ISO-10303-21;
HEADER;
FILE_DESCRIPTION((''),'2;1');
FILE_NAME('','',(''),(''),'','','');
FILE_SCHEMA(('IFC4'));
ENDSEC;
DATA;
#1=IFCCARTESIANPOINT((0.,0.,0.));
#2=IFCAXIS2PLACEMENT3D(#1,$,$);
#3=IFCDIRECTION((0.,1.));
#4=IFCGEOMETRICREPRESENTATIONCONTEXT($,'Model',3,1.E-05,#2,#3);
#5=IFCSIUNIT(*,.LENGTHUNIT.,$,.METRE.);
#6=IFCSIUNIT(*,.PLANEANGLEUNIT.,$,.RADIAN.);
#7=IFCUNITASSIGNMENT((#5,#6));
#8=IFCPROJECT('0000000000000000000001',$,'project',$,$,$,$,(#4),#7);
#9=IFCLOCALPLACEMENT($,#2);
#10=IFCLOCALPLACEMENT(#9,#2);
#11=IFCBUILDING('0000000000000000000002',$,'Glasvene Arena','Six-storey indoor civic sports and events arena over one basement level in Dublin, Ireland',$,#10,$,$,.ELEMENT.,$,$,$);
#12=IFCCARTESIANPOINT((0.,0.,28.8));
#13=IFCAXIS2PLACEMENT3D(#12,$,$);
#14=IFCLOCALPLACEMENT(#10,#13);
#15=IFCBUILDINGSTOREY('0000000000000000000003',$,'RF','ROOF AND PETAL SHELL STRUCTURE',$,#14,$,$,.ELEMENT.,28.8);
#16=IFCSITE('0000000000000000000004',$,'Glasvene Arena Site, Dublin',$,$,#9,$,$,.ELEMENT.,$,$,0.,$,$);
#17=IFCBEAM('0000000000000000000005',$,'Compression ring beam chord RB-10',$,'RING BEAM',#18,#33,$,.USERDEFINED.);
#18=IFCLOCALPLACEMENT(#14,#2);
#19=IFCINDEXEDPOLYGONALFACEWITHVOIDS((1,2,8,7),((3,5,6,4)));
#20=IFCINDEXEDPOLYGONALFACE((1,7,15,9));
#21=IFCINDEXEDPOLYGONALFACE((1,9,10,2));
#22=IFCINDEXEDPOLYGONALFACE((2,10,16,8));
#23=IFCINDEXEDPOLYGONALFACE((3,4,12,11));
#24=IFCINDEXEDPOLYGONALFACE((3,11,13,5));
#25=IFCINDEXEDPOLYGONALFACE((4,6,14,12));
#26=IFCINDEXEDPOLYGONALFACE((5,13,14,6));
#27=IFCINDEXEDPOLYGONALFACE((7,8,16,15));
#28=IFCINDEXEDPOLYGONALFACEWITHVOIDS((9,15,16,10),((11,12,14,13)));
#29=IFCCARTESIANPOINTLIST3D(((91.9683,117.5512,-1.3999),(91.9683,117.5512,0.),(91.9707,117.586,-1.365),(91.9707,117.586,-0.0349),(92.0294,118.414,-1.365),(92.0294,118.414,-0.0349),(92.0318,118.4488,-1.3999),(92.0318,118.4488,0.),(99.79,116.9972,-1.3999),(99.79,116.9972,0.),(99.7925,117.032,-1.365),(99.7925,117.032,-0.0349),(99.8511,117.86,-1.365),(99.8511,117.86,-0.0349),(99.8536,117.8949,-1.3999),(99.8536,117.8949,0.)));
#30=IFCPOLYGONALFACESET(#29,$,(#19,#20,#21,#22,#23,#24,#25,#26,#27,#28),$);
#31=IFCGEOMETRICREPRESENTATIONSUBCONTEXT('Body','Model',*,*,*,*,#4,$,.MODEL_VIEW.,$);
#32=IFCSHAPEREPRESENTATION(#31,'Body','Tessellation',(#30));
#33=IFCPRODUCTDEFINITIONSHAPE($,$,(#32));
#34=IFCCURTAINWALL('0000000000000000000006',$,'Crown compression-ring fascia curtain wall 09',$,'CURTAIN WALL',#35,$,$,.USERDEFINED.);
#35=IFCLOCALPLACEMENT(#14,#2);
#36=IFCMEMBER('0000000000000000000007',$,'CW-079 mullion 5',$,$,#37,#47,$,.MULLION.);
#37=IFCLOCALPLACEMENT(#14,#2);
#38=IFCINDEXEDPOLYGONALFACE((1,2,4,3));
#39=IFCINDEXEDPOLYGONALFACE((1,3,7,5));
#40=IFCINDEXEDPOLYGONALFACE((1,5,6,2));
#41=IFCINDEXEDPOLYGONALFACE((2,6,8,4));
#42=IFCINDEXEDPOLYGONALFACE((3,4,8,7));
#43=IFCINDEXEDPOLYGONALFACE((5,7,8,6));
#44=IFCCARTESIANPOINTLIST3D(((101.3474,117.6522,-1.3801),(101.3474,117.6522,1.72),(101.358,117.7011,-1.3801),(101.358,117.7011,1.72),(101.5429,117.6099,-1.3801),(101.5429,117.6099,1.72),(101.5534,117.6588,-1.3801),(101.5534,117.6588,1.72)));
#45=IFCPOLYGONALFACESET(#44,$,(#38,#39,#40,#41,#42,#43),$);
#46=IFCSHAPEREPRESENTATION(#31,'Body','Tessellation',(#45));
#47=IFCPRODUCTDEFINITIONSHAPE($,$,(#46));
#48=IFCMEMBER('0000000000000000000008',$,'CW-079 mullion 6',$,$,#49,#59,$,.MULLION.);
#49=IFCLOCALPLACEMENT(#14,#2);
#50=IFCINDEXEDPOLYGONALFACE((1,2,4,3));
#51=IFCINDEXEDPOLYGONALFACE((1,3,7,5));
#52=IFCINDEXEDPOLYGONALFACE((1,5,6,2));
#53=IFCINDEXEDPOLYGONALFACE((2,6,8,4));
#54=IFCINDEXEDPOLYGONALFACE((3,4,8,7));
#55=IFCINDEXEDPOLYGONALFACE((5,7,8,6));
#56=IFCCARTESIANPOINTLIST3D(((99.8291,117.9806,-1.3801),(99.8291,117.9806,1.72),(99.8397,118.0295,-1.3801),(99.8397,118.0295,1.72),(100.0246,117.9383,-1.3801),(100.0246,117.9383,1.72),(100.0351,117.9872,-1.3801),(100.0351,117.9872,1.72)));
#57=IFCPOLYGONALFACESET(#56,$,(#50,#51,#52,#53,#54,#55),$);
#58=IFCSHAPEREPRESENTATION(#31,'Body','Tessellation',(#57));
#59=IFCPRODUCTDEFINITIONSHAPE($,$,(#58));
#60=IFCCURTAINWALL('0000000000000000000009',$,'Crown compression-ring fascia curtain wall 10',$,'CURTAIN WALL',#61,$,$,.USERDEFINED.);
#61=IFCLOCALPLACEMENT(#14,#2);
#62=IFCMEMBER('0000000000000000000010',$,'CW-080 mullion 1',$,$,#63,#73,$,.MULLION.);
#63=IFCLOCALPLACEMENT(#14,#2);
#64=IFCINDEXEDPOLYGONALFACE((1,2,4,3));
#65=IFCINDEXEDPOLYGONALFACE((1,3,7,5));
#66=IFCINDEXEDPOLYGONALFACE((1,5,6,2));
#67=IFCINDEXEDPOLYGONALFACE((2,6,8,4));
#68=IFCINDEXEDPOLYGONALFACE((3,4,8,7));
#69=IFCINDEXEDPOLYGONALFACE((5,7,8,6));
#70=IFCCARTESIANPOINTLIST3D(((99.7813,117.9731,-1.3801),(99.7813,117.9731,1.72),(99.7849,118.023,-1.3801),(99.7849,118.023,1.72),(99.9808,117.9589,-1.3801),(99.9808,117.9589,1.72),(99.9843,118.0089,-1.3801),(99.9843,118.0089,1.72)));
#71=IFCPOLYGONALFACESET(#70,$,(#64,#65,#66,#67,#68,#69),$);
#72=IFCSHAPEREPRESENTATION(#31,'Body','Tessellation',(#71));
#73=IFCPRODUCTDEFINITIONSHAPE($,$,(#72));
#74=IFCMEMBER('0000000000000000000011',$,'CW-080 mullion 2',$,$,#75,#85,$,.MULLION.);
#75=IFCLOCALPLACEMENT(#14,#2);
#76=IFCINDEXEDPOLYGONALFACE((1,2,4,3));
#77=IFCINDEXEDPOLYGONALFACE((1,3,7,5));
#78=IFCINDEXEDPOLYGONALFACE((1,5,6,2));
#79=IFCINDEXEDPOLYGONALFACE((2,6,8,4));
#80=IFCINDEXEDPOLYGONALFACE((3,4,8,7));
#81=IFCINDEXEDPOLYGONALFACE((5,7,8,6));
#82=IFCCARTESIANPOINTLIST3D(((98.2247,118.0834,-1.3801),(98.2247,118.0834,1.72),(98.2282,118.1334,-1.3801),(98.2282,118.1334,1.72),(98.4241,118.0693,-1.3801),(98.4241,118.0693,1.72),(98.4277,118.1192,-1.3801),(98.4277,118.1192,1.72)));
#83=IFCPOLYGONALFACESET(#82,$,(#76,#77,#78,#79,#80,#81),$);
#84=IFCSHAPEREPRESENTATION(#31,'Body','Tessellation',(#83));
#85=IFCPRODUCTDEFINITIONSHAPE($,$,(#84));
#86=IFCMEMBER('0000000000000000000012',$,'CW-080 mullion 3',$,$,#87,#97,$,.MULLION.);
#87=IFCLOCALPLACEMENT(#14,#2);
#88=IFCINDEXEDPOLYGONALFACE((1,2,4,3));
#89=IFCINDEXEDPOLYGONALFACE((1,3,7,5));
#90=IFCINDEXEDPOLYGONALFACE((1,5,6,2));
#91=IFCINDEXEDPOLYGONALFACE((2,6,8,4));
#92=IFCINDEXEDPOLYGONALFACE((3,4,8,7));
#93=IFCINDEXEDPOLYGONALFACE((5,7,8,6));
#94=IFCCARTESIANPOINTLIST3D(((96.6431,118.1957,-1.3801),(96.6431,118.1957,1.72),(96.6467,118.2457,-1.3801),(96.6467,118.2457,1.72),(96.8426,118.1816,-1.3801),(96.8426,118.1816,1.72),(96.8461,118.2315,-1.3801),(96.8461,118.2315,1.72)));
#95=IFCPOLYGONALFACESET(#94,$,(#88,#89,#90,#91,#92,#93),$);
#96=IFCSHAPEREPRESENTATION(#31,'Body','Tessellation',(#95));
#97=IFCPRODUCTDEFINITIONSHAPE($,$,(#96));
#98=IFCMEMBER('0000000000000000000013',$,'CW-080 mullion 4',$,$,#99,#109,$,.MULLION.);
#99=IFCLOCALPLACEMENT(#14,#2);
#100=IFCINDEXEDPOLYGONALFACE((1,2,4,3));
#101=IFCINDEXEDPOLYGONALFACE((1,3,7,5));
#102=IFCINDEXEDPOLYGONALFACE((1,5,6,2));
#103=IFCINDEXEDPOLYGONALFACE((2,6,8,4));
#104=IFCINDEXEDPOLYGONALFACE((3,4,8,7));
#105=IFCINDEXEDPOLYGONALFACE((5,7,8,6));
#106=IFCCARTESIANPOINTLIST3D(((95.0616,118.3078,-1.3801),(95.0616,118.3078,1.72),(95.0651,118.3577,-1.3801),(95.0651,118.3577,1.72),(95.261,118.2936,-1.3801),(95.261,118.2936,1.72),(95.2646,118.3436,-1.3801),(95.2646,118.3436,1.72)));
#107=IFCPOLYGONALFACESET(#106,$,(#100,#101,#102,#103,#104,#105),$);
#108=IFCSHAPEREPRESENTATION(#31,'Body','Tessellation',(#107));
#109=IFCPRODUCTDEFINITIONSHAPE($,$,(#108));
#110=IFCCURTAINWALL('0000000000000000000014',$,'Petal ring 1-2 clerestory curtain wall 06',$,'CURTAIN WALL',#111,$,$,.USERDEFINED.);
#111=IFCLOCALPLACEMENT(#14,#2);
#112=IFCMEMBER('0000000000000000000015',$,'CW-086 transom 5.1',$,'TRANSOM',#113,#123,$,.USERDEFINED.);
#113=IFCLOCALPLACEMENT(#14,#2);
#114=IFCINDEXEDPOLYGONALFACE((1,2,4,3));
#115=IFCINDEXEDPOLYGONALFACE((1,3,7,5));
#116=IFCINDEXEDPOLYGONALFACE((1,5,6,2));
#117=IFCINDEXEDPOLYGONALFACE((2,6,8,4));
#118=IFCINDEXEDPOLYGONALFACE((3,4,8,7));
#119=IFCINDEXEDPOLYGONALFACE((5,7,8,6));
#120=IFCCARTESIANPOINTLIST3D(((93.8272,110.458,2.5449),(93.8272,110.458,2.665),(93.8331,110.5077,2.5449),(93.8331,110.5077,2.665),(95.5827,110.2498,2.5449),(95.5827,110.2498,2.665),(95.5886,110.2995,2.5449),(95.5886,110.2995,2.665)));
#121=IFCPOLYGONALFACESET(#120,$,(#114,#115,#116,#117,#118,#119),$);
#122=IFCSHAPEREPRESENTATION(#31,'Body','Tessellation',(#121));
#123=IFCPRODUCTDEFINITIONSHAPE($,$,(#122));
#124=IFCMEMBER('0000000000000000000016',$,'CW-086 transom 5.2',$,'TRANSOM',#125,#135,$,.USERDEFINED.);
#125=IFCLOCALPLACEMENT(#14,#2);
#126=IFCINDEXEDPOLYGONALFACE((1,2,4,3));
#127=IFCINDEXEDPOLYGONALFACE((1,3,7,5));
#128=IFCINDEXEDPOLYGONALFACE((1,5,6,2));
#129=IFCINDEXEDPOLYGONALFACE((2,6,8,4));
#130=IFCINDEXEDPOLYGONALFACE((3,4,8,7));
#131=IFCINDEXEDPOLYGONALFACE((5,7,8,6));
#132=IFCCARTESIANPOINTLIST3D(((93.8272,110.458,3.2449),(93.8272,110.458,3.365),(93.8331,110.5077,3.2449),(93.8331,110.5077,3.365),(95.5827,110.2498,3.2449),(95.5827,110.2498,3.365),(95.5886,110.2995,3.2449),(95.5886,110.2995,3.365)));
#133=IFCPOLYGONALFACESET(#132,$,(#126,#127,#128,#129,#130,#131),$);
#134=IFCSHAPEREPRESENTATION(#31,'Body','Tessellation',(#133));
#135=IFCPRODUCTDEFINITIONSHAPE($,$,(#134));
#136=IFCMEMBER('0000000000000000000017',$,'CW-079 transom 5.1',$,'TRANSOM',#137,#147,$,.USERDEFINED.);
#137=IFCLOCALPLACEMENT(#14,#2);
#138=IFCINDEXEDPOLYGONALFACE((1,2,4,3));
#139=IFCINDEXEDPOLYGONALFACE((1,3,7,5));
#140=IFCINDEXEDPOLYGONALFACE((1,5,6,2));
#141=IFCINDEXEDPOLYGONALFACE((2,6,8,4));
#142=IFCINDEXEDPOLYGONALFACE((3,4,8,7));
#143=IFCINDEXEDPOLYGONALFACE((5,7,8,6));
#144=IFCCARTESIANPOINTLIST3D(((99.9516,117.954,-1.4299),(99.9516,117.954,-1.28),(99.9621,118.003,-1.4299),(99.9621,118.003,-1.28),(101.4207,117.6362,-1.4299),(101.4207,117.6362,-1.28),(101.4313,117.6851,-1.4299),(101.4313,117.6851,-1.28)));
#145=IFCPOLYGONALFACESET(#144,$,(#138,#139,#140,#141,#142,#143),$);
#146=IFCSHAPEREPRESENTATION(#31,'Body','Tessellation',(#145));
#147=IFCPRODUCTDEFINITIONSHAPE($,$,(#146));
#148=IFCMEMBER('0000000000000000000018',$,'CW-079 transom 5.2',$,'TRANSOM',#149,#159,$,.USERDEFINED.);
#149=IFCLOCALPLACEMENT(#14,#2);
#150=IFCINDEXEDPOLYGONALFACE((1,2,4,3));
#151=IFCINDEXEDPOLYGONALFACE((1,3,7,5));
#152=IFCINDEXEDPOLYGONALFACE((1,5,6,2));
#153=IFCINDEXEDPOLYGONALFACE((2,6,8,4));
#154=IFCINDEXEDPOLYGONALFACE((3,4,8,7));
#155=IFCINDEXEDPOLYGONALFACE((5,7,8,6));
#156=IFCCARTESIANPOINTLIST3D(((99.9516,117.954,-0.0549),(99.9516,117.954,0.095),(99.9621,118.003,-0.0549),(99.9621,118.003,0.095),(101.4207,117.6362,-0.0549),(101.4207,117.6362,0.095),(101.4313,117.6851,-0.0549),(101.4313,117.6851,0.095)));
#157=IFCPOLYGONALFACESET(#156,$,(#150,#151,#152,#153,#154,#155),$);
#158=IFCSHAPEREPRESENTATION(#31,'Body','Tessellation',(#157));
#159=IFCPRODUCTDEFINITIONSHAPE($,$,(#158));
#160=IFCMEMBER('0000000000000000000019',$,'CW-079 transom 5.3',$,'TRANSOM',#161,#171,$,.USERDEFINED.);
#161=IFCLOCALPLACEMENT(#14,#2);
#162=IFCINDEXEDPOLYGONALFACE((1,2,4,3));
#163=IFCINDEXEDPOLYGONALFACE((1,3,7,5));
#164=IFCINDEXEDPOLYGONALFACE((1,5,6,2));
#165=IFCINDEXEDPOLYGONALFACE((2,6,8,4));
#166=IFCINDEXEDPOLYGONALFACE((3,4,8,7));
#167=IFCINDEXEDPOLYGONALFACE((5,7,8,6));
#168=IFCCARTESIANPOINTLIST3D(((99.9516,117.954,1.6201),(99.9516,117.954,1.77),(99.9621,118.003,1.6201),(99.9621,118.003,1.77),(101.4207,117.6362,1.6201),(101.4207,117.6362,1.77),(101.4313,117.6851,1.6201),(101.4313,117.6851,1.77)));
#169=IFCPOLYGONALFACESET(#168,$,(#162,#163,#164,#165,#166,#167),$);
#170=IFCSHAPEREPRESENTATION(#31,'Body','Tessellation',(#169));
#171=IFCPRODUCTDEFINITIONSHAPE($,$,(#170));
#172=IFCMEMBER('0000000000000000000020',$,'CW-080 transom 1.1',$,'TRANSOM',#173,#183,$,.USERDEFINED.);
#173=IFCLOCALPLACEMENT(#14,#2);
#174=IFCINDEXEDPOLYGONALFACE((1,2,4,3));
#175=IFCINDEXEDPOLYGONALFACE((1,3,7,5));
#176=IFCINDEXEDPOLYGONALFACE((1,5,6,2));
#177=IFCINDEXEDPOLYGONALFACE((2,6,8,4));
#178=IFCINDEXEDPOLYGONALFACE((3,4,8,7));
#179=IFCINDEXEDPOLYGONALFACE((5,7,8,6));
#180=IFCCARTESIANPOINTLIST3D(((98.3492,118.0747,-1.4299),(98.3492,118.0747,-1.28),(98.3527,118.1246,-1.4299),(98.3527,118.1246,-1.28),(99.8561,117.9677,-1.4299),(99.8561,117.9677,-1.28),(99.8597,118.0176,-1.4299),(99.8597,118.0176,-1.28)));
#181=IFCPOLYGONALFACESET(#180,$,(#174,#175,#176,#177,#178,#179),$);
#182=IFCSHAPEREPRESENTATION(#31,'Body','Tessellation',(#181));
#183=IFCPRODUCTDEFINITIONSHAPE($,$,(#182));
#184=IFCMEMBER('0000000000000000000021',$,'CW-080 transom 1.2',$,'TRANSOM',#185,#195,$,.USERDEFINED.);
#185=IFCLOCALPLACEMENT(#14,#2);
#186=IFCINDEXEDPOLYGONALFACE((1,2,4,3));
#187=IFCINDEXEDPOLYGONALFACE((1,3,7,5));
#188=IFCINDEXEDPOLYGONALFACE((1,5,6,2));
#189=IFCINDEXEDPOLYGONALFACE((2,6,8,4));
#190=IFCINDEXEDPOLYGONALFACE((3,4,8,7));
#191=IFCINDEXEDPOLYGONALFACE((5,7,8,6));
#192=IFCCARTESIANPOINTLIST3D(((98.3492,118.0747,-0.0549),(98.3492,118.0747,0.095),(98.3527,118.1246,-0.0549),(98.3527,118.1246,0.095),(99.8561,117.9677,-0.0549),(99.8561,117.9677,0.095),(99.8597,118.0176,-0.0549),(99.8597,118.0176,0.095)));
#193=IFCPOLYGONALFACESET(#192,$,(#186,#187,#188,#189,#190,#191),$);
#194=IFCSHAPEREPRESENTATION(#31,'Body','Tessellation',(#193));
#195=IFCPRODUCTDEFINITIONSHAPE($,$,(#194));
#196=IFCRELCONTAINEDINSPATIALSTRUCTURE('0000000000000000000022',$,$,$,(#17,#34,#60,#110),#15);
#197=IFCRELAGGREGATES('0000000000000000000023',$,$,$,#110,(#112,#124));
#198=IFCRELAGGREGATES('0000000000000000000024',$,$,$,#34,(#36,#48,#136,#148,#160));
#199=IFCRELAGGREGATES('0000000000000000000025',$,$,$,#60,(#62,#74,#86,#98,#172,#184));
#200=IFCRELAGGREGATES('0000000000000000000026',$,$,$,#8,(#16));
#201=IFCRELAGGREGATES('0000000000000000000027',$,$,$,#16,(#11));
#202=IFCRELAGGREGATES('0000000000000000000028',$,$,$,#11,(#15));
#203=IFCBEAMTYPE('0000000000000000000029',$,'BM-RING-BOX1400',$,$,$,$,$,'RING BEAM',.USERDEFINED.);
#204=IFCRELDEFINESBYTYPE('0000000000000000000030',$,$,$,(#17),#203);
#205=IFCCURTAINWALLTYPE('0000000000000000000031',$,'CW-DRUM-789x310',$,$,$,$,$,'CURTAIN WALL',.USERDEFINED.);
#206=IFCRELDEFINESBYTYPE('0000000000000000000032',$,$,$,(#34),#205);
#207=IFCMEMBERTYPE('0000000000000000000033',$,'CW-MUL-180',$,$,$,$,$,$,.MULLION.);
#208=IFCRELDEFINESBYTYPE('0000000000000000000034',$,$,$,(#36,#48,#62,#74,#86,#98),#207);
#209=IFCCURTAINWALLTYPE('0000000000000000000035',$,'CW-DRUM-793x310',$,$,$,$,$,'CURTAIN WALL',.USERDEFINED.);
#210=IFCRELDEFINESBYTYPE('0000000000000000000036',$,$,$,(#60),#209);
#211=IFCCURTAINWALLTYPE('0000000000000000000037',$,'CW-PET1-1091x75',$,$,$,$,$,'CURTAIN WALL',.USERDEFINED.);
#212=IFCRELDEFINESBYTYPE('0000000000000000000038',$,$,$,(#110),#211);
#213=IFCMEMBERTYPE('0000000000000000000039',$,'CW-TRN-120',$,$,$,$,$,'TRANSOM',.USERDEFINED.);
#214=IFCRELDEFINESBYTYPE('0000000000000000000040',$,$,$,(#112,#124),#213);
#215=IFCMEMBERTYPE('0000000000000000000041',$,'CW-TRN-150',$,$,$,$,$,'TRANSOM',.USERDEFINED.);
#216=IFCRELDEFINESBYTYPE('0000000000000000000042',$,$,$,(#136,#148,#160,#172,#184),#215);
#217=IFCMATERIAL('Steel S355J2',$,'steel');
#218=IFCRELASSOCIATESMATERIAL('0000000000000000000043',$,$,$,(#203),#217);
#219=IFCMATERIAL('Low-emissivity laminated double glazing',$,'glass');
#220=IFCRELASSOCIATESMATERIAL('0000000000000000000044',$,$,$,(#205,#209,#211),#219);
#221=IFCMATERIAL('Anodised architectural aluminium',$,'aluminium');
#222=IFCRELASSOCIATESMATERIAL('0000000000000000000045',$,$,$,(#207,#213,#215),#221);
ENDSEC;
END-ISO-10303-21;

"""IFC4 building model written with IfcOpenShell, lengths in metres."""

from ifc_helpers import new_model, si_unit, direction, frame, origin, origin_2d, place, context, subcontext, project, spatial, rectangle, hollow_rectangle, extrude, material, material_profile, profile_set, type_object, element, aggregate, save


model = new_model("IFC4")

# Units and contexts
model_context = context("Model", 3, precision=1e-05, world=origin(), true_north=direction((0.0, 1.0)))
body_context = subcontext(model_context, "Body", "Model", "MODEL_VIEW")
ifc_project = project(units=[si_unit("LENGTHUNIT", "METRE"), si_unit("PLANEANGLEUNIT", "RADIAN")], contexts=[model_context])

# Site, building, storey
site_placement = place(None, origin())
site = spatial("IfcSite", under=ifc_project, at=site_placement, Name="Glasvene Arena Site, Dublin", CompositionType="ELEMENT", RefElevation=0.0)
building_placement = place(site_placement, origin())
building = spatial("IfcBuilding", under=site, at=building_placement, Name="Glasvene Arena", Description="Six-storey indoor civic sports and events arena over one basement level in Dublin, Ireland", CompositionType="ELEMENT")
storey_placement = place(building_placement, frame((0.0, 0.0, 28.8)))
storey = spatial("IfcBuildingStorey", under=building, at=storey_placement, Name="RF", Description="ROOF AND PETAL SHELL STRUCTURE", CompositionType="ELEMENT", Elevation=28.8)

# Beam
ifc_material_1 = material(Name="Steel S355J2", Category="steel")
ifc_material_profile_1 = material_profile(ifc_material_1, hollow_rectangle(XDim=0.8999, YDim=1.3999, WallThickness=0.0349, at=origin_2d()), Name="WBOX 900x1400x35")
ifc_profile_set_1 = profile_set([ifc_material_profile_1], Name="Steel S355J2")
beam_type = type_object("IfcBeamType", Name="BM-RING-BOX1400", ElementType="RING BEAM", PredefinedType="USERDEFINED", material=ifc_profile_set_1)
beam_placement = place(storey_placement, frame((99.8218, 117.446, -0.7), z_axis=(-0.997502, 0.070645, 0.0), x_axis=(-0.070645, -0.997502, 0.0)))
element("IfcBeam", 1, at=beam_placement, inside=storey, type_object=beam_type, Name="Compression ring beam chord RB-10", ObjectType="RING BEAM", PredefinedType="USERDEFINED", context=body_context, shape_type="SweptSolid", body=[
    extrude(hollow_rectangle(XDim=0.8999, YDim=1.3999, WallThickness=0.0349, at=origin_2d()), origin(), (0.0, 0.0, 1.0), 7.8413),
])

# Curtain walls, members
ifc_material_2 = material(Name="Low-emissivity laminated double glazing", Category="glass")
curtain_wall_type_1 = type_object("IfcCurtainWallType", Name="CW-DRUM-789x310", ElementType="CURTAIN WALL", PredefinedType="USERDEFINED", material=ifc_material_2)
curtain_wall_1_placement = place(storey_placement, frame((107.6208, 116.3206, 0.0)))
curtain_wall_1 = element("IfcCurtainWall", 2, at=curtain_wall_1_placement, inside=storey, type_object=curtain_wall_type_1, Name="Crown compression-ring fascia curtain wall 09", ObjectType="CURTAIN WALL", PredefinedType="USERDEFINED")
ifc_material_3 = material(Name="Anodised architectural aluminium", Category="aluminium")
ifc_material_profile_2 = material_profile(ifc_material_3, rectangle(XDim=0.05, YDim=0.2, at=origin_2d()), Name="ALU MULLION 50x200")
ifc_profile_set_2 = profile_set([ifc_material_profile_2], Name="Anodised architectural aluminium")
member_type_1 = type_object("IfcMemberType", Name="CW-MUL-180", PredefinedType="MULLION", material=ifc_profile_set_2)
member_1_placement = place(storey_placement, frame((101.4504, 117.6555, -1.3801), z_axis=(0.0, 0.0, 1.0), x_axis=(-0.211445, -0.97739, 0.0)))
member_1 = element("IfcMember", 3, at=member_1_placement, type_object=member_type_1, Name="CW-079 mullion 5", PredefinedType="MULLION", context=body_context, shape_type="SweptSolid", body=[
    extrude(rectangle(XDim=0.05, YDim=0.2, at=origin_2d()), origin(), (0.0, 0.0, 1.0), 3.1001),
])
member_2_placement = place(storey_placement, frame((99.9321, 117.9839, -1.3801), z_axis=(0.0, 0.0, 1.0), x_axis=(-0.211445, -0.97739, 0.0)))
member_2 = element("IfcMember", 4, at=member_2_placement, type_object=member_type_1, Name="CW-079 mullion 6", PredefinedType="MULLION", context=body_context, shape_type="SweptSolid", body=[
    extrude(rectangle(XDim=0.05, YDim=0.2, at=origin_2d()), origin(), (0.0, 0.0, 1.0), 3.1001),
])
curtain_wall_type_2 = type_object("IfcCurtainWallType", Name="CW-DRUM-793x310", ElementType="CURTAIN WALL", PredefinedType="USERDEFINED", material=ifc_material_2)
curtain_wall_2_placement = place(storey_placement, frame((99.9077, 117.9893, 0.0)))
curtain_wall_2 = element("IfcCurtainWall", 5, at=curtain_wall_2_placement, inside=storey, type_object=curtain_wall_type_2, Name="Crown compression-ring fascia curtain wall 10", ObjectType="CURTAIN WALL", PredefinedType="USERDEFINED")
member_3_placement = place(storey_placement, frame((99.8828, 117.991, -1.3801), z_axis=(0.0, 0.0, 1.0), x_axis=(-0.07074, -0.997495, 0.0)))
member_3 = element("IfcMember", 6, at=member_3_placement, type_object=member_type_1, Name="CW-080 mullion 1", PredefinedType="MULLION", context=body_context, shape_type="SweptSolid", body=[
    extrude(rectangle(XDim=0.05, YDim=0.2, at=origin_2d()), origin(), (0.0, 0.0, 1.0), 3.1001),
])
member_4_placement = place(storey_placement, frame((98.3262, 118.1013, -1.3801), z_axis=(0.0, 0.0, 1.0), x_axis=(-0.07074, -0.997495, 0.0)))
member_4 = element("IfcMember", 7, at=member_4_placement, type_object=member_type_1, Name="CW-080 mullion 2", PredefinedType="MULLION", context=body_context, shape_type="SweptSolid", body=[
    extrude(rectangle(XDim=0.05, YDim=0.2, at=origin_2d()), origin(), (0.0, 0.0, 1.0), 3.1001),
])
member_5_placement = place(storey_placement, frame((96.7446, 118.2136, -1.3801), z_axis=(0.0, 0.0, 1.0), x_axis=(-0.07074, -0.997495, 0.0)))
member_5 = element("IfcMember", 8, at=member_5_placement, type_object=member_type_1, Name="CW-080 mullion 3", PredefinedType="MULLION", context=body_context, shape_type="SweptSolid", body=[
    extrude(rectangle(XDim=0.05, YDim=0.2, at=origin_2d()), origin(), (0.0, 0.0, 1.0), 3.1001),
])
member_6_placement = place(storey_placement, frame((95.1631, 118.3257, -1.3801), z_axis=(0.0, 0.0, 1.0), x_axis=(-0.07074, -0.997495, 0.0)))
member_6 = element("IfcMember", 9, at=member_6_placement, type_object=member_type_1, Name="CW-080 mullion 4", PredefinedType="MULLION", context=body_context, shape_type="SweptSolid", body=[
    extrude(rectangle(XDim=0.05, YDim=0.2, at=origin_2d()), origin(), (0.0, 0.0, 1.0), 3.1001),
])
curtain_wall_type_3 = type_object("IfcCurtainWallType", Name="CW-PET1-1091x75", ElementType="CURTAIN WALL", PredefinedType="USERDEFINED", material=ifc_material_2)
curtain_wall_3_placement = place(storey_placement, frame((102.8315, 109.4153, 0.0)))
curtain_wall_3 = element("IfcCurtainWall", 10, at=curtain_wall_3_placement, inside=storey, type_object=curtain_wall_type_3, Name="Petal ring 1-2 clerestory curtain wall 06", ObjectType="CURTAIN WALL", PredefinedType="USERDEFINED")
ifc_material_profile_3 = material_profile(ifc_material_3, rectangle(XDim=0.05, YDim=0.1201, at=origin_2d()), Name="ALU TRANSOM 50x120")
ifc_profile_set_3 = profile_set([ifc_material_profile_3], Name="Anodised architectural aluminium")
member_type_2 = type_object("IfcMemberType", Name="CW-TRN-120", ElementType="TRANSOM", PredefinedType="USERDEFINED", material=ifc_profile_set_3)
member_7_placement = place(storey_placement, frame((95.5857, 110.2747, 2.605), z_axis=(-0.993038, 0.117795, 0.0), x_axis=(-0.117795, -0.993038, 0.0)))
member_7 = element("IfcMember", 11, at=member_7_placement, type_object=member_type_2, Name="CW-086 transom 5.1", ObjectType="TRANSOM", PredefinedType="USERDEFINED", context=body_context, shape_type="SweptSolid", body=[
    extrude(rectangle(XDim=0.05, YDim=0.1201, at=origin_2d()), origin(), (0.0, 0.0, 1.0), 1.7678),
])
member_8_placement = place(storey_placement, frame((95.5857, 110.2747, 3.3049), z_axis=(-0.993038, 0.117795, 0.0), x_axis=(-0.117795, -0.993038, 0.0)))
member_8 = element("IfcMember", 12, at=member_8_placement, type_object=member_type_2, Name="CW-086 transom 5.2", ObjectType="TRANSOM", PredefinedType="USERDEFINED", context=body_context, shape_type="SweptSolid", body=[
    extrude(rectangle(XDim=0.05, YDim=0.1201, at=origin_2d()), origin(), (0.0, 0.0, 1.0), 1.7678),
])

# Members
ifc_material_profile_4 = material_profile(ifc_material_3, rectangle(XDim=0.05, YDim=0.1499, at=origin_2d()), Name="ALU TRANSOM 50x150")
ifc_profile_set_4 = profile_set([ifc_material_profile_4], Name="Anodised architectural aluminium")
member_type_3 = type_object("IfcMemberType", Name="CW-TRN-150", ElementType="TRANSOM", PredefinedType="USERDEFINED", material=ifc_profile_set_4)
member_9_placement = place(storey_placement, frame((101.426, 117.6606, -1.355), z_axis=(-0.977387, 0.211459, 0.0), x_axis=(-0.211459, -0.977387, 0.0)))
member_9 = element("IfcMember", 13, at=member_9_placement, type_object=member_type_3, Name="CW-079 transom 5.1", ObjectType="TRANSOM", PredefinedType="USERDEFINED", context=body_context, shape_type="SweptSolid", body=[
    extrude(rectangle(XDim=0.05, YDim=0.1499, at=origin_2d()), origin(), (0.0, 0.0, 1.0), 1.5032),
])
member_10_placement = place(storey_placement, frame((101.426, 117.6606, 0.02), z_axis=(-0.977387, 0.211459, 0.0), x_axis=(-0.211459, -0.977387, 0.0)))
member_10 = element("IfcMember", 14, at=member_10_placement, type_object=member_type_3, Name="CW-079 transom 5.2", ObjectType="TRANSOM", PredefinedType="USERDEFINED", context=body_context, shape_type="SweptSolid", body=[
    extrude(rectangle(XDim=0.05, YDim=0.1499, at=origin_2d()), origin(), (0.0, 0.0, 1.0), 1.5032),
])
member_11_placement = place(storey_placement, frame((101.426, 117.6606, 1.6951), z_axis=(-0.977387, 0.211459, 0.0), x_axis=(-0.211459, -0.977387, 0.0)))
member_11 = element("IfcMember", 15, at=member_11_placement, type_object=member_type_3, Name="CW-079 transom 5.3", ObjectType="TRANSOM", PredefinedType="USERDEFINED", context=body_context, shape_type="SweptSolid", body=[
    extrude(rectangle(XDim=0.05, YDim=0.1499, at=origin_2d()), origin(), (0.0, 0.0, 1.0), 1.5032),
])
member_12_placement = place(storey_placement, frame((99.8579, 117.9927, -1.355), z_axis=(-0.997491, 0.070788, 0.0), x_axis=(-0.070788, -0.997491, 0.0)))
member_12 = element("IfcMember", 16, at=member_12_placement, type_object=member_type_3, Name="CW-080 transom 1.1", ObjectType="TRANSOM", PredefinedType="USERDEFINED", context=body_context, shape_type="SweptSolid", body=[
    extrude(rectangle(XDim=0.05, YDim=0.1499, at=origin_2d()), origin(), (0.0, 0.0, 1.0), 1.5107),
])
member_13_placement = place(storey_placement, frame((99.8579, 117.9927, 0.02), z_axis=(-0.997491, 0.070788, 0.0), x_axis=(-0.070788, -0.997491, 0.0)))
member_13 = element("IfcMember", 17, at=member_13_placement, type_object=member_type_3, Name="CW-080 transom 1.2", ObjectType="TRANSOM", PredefinedType="USERDEFINED", context=body_context, shape_type="SweptSolid", body=[
    extrude(rectangle(XDim=0.05, YDim=0.1499, at=origin_2d()), origin(), (0.0, 0.0, 1.0), 1.5107),
])

aggregate(curtain_wall_3, [member_7, member_8])
aggregate(curtain_wall_1, [member_1, member_2, member_9, member_10, member_11])
aggregate(curtain_wall_2, [member_3, member_4, member_5, member_6, member_12, member_13])

save(model, "model.ifc")
